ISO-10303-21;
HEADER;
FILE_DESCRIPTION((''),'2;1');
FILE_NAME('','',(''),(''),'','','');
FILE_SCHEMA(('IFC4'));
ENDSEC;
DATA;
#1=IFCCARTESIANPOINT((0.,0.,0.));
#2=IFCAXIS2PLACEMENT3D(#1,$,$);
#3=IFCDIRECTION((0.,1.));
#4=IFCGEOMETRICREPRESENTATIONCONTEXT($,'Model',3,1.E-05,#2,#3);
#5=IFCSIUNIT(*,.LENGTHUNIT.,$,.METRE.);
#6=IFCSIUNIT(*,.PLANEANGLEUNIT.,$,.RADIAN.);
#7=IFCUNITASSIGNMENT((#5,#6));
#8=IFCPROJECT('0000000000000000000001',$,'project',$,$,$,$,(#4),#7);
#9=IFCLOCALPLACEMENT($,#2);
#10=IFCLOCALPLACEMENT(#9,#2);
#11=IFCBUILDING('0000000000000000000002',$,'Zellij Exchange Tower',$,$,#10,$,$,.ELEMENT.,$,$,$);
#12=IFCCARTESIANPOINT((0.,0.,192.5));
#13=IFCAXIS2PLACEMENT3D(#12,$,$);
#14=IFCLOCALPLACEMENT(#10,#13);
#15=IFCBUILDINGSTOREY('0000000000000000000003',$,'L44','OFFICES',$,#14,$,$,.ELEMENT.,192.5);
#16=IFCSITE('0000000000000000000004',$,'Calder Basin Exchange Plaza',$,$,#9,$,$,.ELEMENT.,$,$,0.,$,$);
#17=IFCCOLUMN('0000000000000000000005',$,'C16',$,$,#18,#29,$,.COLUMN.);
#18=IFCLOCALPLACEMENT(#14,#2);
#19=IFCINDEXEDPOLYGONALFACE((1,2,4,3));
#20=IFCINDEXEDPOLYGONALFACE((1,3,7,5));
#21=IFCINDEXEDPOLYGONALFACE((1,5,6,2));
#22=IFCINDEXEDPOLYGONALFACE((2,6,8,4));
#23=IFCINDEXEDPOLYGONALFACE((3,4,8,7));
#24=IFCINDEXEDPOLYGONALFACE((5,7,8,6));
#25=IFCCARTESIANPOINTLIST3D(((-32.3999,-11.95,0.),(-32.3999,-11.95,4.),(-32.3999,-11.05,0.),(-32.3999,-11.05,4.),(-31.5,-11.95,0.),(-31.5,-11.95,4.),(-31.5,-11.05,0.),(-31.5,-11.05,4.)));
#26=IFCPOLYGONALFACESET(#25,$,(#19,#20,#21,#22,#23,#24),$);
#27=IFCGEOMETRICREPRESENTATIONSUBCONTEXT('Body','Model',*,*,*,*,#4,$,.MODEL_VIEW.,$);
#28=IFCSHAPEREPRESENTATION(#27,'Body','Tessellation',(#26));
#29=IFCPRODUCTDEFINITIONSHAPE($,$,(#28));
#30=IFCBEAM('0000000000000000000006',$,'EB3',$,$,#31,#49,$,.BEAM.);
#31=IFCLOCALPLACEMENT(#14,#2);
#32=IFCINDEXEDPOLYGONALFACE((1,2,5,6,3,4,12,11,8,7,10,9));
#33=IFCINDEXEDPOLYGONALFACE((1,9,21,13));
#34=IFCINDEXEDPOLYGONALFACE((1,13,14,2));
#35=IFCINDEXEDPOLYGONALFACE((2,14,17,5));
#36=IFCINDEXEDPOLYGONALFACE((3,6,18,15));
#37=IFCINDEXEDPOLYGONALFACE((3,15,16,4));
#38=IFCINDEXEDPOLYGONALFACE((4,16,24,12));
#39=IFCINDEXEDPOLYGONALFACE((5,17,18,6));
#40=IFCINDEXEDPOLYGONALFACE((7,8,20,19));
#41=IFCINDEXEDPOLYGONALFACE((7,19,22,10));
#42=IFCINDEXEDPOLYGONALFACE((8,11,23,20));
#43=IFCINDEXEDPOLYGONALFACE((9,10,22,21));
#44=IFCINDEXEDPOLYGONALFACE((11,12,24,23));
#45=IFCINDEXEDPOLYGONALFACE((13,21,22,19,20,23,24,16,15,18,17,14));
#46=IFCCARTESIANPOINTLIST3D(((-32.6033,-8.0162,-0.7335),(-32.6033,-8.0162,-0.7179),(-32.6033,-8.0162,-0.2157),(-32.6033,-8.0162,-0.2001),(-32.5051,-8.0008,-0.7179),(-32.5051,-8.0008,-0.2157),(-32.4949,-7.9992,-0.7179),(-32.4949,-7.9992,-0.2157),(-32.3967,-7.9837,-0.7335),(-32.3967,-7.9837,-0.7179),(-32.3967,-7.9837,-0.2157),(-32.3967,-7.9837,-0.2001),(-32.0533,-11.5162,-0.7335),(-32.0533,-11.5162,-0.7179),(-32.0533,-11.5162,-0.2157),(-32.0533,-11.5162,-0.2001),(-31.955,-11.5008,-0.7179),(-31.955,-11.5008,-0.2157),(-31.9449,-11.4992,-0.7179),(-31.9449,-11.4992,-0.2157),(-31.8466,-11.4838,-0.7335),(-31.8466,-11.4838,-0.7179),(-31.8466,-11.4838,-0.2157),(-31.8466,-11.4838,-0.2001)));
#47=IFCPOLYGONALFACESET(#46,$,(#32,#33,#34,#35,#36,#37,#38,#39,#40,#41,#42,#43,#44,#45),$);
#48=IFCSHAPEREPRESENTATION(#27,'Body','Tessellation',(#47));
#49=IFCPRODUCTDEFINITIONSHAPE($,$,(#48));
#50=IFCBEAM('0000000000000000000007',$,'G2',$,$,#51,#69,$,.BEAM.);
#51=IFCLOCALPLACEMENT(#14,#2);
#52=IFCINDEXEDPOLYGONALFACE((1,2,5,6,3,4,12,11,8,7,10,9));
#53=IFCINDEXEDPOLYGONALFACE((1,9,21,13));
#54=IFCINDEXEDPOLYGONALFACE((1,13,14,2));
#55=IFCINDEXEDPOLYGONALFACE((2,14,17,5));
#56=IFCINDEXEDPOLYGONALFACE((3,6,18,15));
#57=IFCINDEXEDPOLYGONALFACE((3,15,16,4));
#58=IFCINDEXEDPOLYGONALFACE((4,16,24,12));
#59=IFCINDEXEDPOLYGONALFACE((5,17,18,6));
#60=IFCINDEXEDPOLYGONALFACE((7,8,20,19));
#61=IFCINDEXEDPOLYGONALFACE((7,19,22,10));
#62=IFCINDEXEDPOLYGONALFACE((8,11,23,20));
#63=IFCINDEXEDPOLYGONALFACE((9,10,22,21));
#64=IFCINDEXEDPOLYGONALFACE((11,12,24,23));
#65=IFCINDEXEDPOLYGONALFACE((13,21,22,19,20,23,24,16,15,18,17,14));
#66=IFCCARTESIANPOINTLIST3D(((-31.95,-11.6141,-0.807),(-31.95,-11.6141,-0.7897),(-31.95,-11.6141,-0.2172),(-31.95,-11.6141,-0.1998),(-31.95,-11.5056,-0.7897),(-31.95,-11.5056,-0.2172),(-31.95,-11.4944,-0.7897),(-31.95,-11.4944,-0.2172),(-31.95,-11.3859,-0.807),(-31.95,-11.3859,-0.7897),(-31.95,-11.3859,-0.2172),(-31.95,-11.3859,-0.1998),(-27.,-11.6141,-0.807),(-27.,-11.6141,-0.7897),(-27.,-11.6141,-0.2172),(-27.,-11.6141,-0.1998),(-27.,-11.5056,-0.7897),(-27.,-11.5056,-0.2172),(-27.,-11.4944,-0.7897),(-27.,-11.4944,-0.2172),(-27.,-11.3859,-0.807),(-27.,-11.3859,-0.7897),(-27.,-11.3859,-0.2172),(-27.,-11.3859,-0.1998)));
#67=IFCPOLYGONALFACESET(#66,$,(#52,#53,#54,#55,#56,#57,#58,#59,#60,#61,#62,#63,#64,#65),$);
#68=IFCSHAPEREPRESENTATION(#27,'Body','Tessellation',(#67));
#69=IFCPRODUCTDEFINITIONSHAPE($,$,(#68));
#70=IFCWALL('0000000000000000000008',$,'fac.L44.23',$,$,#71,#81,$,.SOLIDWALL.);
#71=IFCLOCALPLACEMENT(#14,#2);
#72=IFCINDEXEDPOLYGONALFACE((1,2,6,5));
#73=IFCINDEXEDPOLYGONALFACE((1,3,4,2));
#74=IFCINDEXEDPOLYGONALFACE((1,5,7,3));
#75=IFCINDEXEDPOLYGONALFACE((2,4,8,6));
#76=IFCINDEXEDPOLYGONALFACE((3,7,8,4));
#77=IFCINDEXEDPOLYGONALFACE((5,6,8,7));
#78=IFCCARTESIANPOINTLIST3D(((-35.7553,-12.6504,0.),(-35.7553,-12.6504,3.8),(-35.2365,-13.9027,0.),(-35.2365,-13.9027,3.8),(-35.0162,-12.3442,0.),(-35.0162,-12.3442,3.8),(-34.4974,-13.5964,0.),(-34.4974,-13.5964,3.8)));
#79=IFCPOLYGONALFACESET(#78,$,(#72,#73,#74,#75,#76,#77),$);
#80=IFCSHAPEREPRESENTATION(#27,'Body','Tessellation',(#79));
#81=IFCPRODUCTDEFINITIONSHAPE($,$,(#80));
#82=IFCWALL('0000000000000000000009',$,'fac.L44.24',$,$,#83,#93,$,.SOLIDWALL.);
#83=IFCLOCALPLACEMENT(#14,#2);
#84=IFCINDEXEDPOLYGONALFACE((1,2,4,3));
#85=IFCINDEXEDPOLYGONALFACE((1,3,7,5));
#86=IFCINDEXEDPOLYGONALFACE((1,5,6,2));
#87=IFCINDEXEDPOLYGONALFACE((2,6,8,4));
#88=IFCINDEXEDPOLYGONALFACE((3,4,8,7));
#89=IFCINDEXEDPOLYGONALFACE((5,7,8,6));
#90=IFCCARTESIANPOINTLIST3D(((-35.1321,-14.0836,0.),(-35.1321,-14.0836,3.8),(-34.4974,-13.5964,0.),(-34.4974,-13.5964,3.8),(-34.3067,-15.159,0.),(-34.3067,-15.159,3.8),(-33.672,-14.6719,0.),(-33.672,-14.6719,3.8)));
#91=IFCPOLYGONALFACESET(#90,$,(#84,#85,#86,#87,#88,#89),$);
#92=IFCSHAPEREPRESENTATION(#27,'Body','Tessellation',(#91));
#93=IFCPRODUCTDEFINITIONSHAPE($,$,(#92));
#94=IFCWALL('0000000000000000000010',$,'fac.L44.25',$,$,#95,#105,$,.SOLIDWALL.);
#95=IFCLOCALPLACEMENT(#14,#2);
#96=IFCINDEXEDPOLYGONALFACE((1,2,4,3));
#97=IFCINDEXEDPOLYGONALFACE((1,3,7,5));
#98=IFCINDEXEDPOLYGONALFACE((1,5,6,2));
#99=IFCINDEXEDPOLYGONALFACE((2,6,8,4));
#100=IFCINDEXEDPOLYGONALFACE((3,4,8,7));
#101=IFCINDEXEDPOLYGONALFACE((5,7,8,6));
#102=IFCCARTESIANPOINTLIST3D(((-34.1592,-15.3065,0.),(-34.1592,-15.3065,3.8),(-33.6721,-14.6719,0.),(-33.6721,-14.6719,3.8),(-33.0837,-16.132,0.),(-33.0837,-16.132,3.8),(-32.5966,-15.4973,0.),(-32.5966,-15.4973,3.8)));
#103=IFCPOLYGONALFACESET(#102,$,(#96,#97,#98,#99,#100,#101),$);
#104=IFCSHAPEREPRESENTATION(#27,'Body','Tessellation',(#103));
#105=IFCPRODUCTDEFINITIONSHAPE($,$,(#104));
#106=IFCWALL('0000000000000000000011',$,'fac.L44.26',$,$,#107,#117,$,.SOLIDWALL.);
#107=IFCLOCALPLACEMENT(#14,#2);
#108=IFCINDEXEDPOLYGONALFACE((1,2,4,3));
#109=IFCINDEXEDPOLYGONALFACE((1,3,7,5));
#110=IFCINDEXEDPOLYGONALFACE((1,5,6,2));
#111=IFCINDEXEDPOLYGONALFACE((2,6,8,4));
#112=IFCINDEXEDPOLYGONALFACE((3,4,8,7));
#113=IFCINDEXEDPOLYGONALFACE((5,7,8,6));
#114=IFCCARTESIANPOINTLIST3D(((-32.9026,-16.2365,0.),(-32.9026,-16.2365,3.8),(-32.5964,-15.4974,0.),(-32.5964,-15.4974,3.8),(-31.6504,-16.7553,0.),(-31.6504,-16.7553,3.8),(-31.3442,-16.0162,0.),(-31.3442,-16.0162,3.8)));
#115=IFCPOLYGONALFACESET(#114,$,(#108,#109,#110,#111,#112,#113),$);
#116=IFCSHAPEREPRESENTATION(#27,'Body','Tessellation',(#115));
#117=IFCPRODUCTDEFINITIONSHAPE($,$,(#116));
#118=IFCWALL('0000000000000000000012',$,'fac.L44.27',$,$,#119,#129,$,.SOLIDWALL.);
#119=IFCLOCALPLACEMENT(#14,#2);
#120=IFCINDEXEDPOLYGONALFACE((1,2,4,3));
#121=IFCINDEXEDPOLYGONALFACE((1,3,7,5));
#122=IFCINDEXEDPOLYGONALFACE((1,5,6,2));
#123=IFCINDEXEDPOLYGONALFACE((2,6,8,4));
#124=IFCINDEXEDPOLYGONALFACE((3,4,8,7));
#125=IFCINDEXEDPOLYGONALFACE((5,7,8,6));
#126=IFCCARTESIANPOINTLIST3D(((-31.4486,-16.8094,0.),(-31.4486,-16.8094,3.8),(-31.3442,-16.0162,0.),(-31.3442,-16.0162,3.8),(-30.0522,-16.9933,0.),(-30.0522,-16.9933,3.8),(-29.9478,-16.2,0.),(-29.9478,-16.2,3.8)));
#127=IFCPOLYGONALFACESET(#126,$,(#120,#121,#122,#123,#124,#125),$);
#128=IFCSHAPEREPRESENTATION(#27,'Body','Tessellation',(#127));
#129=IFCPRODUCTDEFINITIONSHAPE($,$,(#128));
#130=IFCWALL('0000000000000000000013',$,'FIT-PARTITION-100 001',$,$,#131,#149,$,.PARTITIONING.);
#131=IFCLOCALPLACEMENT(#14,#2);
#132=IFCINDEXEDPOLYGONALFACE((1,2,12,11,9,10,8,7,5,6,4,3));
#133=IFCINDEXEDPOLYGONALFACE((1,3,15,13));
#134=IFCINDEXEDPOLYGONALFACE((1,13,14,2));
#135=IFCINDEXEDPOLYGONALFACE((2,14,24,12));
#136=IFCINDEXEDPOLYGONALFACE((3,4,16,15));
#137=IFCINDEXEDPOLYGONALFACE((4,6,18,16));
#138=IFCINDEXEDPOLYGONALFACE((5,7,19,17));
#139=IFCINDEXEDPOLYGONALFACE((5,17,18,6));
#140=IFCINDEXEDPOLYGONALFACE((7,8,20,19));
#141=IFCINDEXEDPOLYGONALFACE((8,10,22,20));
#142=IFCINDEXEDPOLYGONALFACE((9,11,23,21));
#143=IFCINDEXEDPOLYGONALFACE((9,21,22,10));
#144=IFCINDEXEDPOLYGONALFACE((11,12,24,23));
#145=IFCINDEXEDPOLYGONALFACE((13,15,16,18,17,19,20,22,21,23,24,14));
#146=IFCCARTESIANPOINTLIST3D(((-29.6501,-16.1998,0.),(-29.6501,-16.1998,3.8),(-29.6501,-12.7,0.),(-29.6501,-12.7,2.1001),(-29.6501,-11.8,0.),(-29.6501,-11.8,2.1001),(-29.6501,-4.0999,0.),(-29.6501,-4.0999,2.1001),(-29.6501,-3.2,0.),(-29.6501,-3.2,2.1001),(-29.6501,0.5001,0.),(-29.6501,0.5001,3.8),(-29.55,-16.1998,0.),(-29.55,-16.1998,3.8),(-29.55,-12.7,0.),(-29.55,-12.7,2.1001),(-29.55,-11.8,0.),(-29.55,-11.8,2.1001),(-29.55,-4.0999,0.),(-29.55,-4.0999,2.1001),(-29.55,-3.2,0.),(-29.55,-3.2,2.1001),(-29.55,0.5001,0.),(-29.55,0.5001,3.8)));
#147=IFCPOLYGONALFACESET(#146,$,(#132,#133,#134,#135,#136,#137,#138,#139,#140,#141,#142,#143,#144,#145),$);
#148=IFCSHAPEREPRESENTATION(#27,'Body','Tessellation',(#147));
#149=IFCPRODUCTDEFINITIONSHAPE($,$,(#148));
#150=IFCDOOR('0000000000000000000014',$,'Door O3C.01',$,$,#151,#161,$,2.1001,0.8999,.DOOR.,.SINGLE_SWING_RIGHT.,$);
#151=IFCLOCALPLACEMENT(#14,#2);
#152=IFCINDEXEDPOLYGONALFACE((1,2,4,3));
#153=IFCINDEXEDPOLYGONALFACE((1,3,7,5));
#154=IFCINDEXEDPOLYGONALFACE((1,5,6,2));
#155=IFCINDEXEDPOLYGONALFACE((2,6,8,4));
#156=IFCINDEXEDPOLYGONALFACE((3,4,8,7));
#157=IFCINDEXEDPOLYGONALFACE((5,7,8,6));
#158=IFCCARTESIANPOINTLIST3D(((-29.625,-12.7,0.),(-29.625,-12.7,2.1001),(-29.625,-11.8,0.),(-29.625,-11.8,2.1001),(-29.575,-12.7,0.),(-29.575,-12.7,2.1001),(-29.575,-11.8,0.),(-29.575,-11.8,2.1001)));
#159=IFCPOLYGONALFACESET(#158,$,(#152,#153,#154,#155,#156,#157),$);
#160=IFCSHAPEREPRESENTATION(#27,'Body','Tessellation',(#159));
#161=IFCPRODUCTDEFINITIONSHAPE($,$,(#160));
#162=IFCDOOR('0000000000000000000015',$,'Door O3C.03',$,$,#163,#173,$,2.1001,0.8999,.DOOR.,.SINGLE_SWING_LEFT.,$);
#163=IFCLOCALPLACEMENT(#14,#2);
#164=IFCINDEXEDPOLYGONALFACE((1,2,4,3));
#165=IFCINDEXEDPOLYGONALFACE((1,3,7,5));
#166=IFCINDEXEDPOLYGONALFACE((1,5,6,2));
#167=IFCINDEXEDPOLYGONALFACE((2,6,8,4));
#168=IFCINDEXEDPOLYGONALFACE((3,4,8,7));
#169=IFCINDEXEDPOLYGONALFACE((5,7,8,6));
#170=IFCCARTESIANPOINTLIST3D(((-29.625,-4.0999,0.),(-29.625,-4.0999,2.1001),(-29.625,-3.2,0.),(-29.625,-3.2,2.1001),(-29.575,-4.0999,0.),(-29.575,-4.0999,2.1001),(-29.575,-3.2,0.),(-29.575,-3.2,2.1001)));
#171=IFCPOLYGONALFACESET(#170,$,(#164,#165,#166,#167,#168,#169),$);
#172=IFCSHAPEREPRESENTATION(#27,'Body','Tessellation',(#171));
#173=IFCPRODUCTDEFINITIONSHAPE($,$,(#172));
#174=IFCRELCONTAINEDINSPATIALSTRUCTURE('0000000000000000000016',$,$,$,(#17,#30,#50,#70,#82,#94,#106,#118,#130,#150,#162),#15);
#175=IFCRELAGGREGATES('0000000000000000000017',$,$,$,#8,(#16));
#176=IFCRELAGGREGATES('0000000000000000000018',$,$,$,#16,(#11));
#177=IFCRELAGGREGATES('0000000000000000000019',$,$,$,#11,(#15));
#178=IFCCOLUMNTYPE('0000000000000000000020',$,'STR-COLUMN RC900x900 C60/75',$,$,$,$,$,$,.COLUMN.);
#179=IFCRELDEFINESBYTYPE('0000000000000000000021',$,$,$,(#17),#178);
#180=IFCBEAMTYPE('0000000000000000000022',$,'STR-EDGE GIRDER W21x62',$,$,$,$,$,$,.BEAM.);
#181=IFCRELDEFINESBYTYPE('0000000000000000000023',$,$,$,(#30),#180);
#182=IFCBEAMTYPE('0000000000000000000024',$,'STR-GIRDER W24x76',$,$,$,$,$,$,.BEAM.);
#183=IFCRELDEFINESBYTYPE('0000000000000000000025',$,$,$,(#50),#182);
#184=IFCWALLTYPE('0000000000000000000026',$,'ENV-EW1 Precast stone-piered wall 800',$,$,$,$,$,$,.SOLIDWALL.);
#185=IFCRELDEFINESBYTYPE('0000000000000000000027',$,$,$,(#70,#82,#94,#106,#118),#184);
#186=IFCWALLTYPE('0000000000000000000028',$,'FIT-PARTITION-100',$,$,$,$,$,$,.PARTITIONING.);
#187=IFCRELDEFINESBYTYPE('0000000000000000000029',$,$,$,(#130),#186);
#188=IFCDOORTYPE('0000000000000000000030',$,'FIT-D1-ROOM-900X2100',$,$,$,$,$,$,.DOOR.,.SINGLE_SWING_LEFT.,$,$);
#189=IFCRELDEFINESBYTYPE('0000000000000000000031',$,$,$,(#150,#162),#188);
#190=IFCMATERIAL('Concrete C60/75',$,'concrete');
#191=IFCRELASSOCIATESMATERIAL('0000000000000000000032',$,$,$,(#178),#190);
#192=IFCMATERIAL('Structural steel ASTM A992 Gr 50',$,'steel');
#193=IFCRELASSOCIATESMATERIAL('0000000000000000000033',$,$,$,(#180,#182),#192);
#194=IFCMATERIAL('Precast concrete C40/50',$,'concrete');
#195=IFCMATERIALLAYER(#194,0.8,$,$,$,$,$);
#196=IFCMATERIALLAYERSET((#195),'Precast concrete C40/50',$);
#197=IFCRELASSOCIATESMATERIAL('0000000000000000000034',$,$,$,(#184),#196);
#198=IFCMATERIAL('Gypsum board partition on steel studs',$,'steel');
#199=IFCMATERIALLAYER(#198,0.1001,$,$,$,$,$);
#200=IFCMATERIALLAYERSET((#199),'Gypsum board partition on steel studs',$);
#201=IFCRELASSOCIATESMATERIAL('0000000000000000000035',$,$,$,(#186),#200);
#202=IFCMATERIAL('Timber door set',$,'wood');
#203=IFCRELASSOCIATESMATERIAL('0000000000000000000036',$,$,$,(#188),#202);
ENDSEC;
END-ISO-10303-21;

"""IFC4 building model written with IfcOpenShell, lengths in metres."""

from ifc_helpers import new_model, si_unit, direction, frame, frame_2d, origin, origin_2d, place, context, subcontext, project, spatial, rectangle, i_section, extrude, material, layer, layer_set, material_profile, profile_set, type_object, element, fill, save


model = new_model("IFC4")

# Units and contexts
model_context = context("Model", 3, precision=1e-05, world=origin(), true_north=direction((0.0, 1.0)))
body_context = subcontext(model_context, "Body", "Model", "MODEL_VIEW")
ifc_project = project(units=[si_unit("LENGTHUNIT", "METRE"), si_unit("PLANEANGLEUNIT", "RADIAN")], contexts=[model_context])

# Site, building, storey
site_placement = place(None, origin())
site = spatial("IfcSite", under=ifc_project, at=site_placement, Name="Calder Basin Exchange Plaza", CompositionType="ELEMENT", RefElevation=0.0)
building_placement = place(site_placement, origin())
building = spatial("IfcBuilding", under=site, at=building_placement, Name="Zellij Exchange Tower", CompositionType="ELEMENT")
storey_placement = place(building_placement, frame((0.0, 0.0, 192.5)))
storey = spatial("IfcBuildingStorey", under=building, at=storey_placement, Name="L44", Description="OFFICES", CompositionType="ELEMENT", Elevation=192.5)

# Column
ifc_material_1 = material(Name="Concrete C60/75", Category="concrete")
ifc_material_profile_1 = material_profile(ifc_material_1, rectangle(XDim=0.8999, YDim=0.8999, at=origin_2d()), Name="STR-COLUMN RC900x900 C60/75")
ifc_profile_set_1 = profile_set([ifc_material_profile_1], Name="Concrete C60/75")
column_type = type_object("IfcColumnType", Name="STR-COLUMN RC900x900 C60/75", PredefinedType="COLUMN", material=ifc_profile_set_1)
column_placement = place(storey_placement, frame((-31.95, -11.5, 0.0), z_axis=(0.0, 0.0, 1.0), x_axis=(1.0, 0.0, 0.0)))
element("IfcColumn", 1, at=column_placement, inside=storey, type_object=column_type, Name="C16", PredefinedType="COLUMN", context=body_context, shape_type="SweptSolid", body=[
    extrude(rectangle(XDim=0.8999, YDim=0.8999, at=origin_2d()), origin(), (0.0, 0.0, 1.0), 4.0),
])

# Beams
ifc_material_2 = material(Name="Structural steel ASTM A992 Gr 50", Category="steel")
ifc_material_profile_2 = material_profile(ifc_material_2, i_section(OverallWidth=0.2092, OverallDepth=0.5334, WebThickness=0.0103, FlangeThickness=0.0156, at=origin_2d()), Name="W21x62")
ifc_profile_set_2 = profile_set([ifc_material_profile_2], Name="Structural steel ASTM A992 Gr 50")
beam_type_1 = type_object("IfcBeamType", Name="STR-EDGE GIRDER W21x62", PredefinedType="BEAM", material=ifc_profile_set_2)
beam_1_placement = place(storey_placement, frame((-31.95, -11.5, -0.4668), z_axis=(-0.155251, 0.987875, 0.0), x_axis=(-0.987875, -0.155251, 0.0)))
element("IfcBeam", 2, at=beam_1_placement, inside=storey, type_object=beam_type_1, Name="EB3", PredefinedType="BEAM", context=body_context, shape_type="SweptSolid", body=[
    extrude(i_section(OverallWidth=0.2092, OverallDepth=0.5334, WebThickness=0.0103, FlangeThickness=0.0156, at=origin_2d()), origin(), (0.0, 0.0, 1.0), 3.543),
])
ifc_material_profile_3 = material_profile(ifc_material_2, i_section(OverallWidth=0.2283, OverallDepth=0.6072, WebThickness=0.0112, FlangeThickness=0.0173, at=origin_2d()), Name="W24x76")
ifc_profile_set_3 = profile_set([ifc_material_profile_3], Name="Structural steel ASTM A992 Gr 50")
beam_type_2 = type_object("IfcBeamType", Name="STR-GIRDER W24x76", PredefinedType="BEAM", material=ifc_profile_set_3)
beam_2_placement = place(storey_placement, frame((-31.95, -11.5, -0.5034), z_axis=(1.0, 0.0, 0.0), x_axis=(0.0, 1.0, 0.0)))
element("IfcBeam", 3, at=beam_2_placement, inside=storey, type_object=beam_type_2, Name="G2", PredefinedType="BEAM", context=body_context, shape_type="SweptSolid", body=[
    extrude(i_section(OverallWidth=0.2283, OverallDepth=0.6072, WebThickness=0.0112, FlangeThickness=0.0173, at=origin_2d()), origin(), (0.0, 0.0, 1.0), 4.95),
])

# Shared definitions
ifc_material_3 = material(Name="Precast concrete C40/50", Category="concrete")
ifc_layer_1 = layer(ifc_material_3, 0.8)
ifc_layer_set_1 = layer_set([ifc_layer_1], Name="Precast concrete C40/50")
wall_type_1 = type_object("IfcWallType", Name="ENV-EW1 Precast stone-piered wall 800", PredefinedType="SOLIDWALL", material=ifc_layer_set_1)

# Walls
wall_1_placement = place(storey_placement, frame((-35.3857, -12.4973, 0.0), z_axis=(0.0, 0.0, 1.0), x_axis=(0.38276, -0.923848, 0.0)))
element("IfcWall", 4, at=wall_1_placement, inside=storey, type_object=wall_type_1, Name="fac.L44.23", PredefinedType="SOLIDWALL", context=body_context, shape_type="SweptSolid", body=[
    extrude(rectangle(XDim=1.3555, YDim=0.8, at=frame_2d((0.6777, 0.0))), origin(), (0.0, 0.0, 1.0), 3.8),
])
for number, where, z_axis, x_axis, name in (
    (5, (-34.8147, -13.8401, 0.0), (0.0, 0.0, 1.0), (0.608866, -0.793273, 0.0), "fac.L44.24"),
    (6, (-33.9155, -14.9893, 0.0), (0.0, 0.0, 1.0), (0.793273, -0.608866, 0.0), "fac.L44.25"),
):
    element("IfcWall", number, at=place(storey_placement, frame(where, z_axis=z_axis, x_axis=x_axis)), inside=storey, type_object=wall_type_1, Name=name, PredefinedType="SOLIDWALL", context=body_context, shape_type="SweptSolid", body=[
        extrude(rectangle(XDim=1.3557, YDim=0.8, at=frame_2d((0.6777, 0.0))), origin(), (0.0, 0.0, 1.0), 3.8),
    ])
wall_2_placement = place(storey_placement, frame((-32.7495, -15.8669, 0.0), z_axis=(0.0, 0.0, 1.0), x_axis=(0.923848, -0.38276, 0.0)))
element("IfcWall", 7, at=wall_2_placement, inside=storey, type_object=wall_type_1, Name="fac.L44.26", PredefinedType="SOLIDWALL", context=body_context, shape_type="SweptSolid", body=[
    extrude(rectangle(XDim=1.3555, YDim=0.8, at=frame_2d((0.6777, 0.0))), origin(), (0.0, 0.0, 1.0), 3.8),
])
wall_3_placement = place(storey_placement, frame((-31.3962, -16.4128, 0.0), z_axis=(0.0, 0.0, 1.0), x_axis=(0.991446, -0.130517, 0.0)))
element("IfcWall", 8, at=wall_3_placement, inside=storey, type_object=wall_type_1, Name="fac.L44.27", PredefinedType="SOLIDWALL", context=body_context, shape_type="SweptSolid", body=[
    extrude(rectangle(XDim=1.4084, YDim=0.8, at=frame_2d((0.7041, 0.0))), origin(), (0.0, 0.0, 1.0), 3.8),
])

# Wall, openings, doors
ifc_material_4 = material(Name="Gypsum board partition on steel studs", Category="steel")
ifc_layer_2 = layer(ifc_material_4, 0.1001)
ifc_layer_set_2 = layer_set([ifc_layer_2], Name="Gypsum board partition on steel studs")
wall_type_2 = type_object("IfcWallType", Name="FIT-PARTITION-100", PredefinedType="PARTITIONING", material=ifc_layer_set_2)
wall_4_placement = place(storey_placement, frame((-29.6001, -16.2, 0.0), z_axis=(0.0, 0.0, 1.0), x_axis=(0.0, 1.0, 0.0)))
wall_4 = element("IfcWall", 9, at=wall_4_placement, inside=storey, type_object=wall_type_2, Name="FIT-PARTITION-100 001", PredefinedType="PARTITIONING", context=body_context, shape_type="SweptSolid", body=[
    extrude(rectangle(XDim=16.7, YDim=0.1001, at=frame_2d((8.3501, 0.0))), origin(), (0.0, 0.0, 1.0), 3.8),
])
opening_1_placement = place(wall_4_placement, frame((3.5, 0.0, 0.0)))
opening_1 = element("IfcOpeningElement", 10, at=opening_1_placement, cuts=wall_4, PredefinedType="OPENING", context=body_context, shape_type="SweptSolid", body=[
    extrude(rectangle(XDim=0.8999, YDim=2.1001, at=frame_2d((0.45, 1.05))), frame((0.0, 0.062, 0.0), z_axis=(0.0, -1.0, 0.0), x_axis=(1.0, 0.0, 0.0)), (0.0, 0.0, 1.0), 0.124),
])
opening_2_placement = place(wall_4_placement, frame((12.1001, 0.0, 0.0)))
opening_2 = element("IfcOpeningElement", 11, at=opening_2_placement, cuts=wall_4, PredefinedType="OPENING", context=body_context, shape_type="SweptSolid", body=[
    extrude(rectangle(XDim=0.8999, YDim=2.1001, at=frame_2d((0.45, 1.05))), frame((0.0, 0.062, 0.0), z_axis=(0.0, -1.0, 0.0), x_axis=(1.0, 0.0, 0.0)), (0.0, 0.0, 1.0), 0.124),
])
ifc_material_5 = material(Name="Timber door set", Category="wood")
door_type = type_object("IfcDoorType", Name="FIT-D1-ROOM-900X2100", OperationType="SINGLE_SWING_LEFT", PredefinedType="DOOR", material=ifc_material_5)
door_1_placement = place(opening_1_placement, origin())
door_1 = element("IfcDoor", 12, at=door_1_placement, inside=storey, type_object=door_type, Name="Door O3C.01", OperationType="SINGLE_SWING_RIGHT", OverallHeight=2.1001, OverallWidth=0.8999, PredefinedType="DOOR", context=body_context, shape_type="SweptSolid", body=[
    extrude(rectangle(XDim=0.8999, YDim=2.1001, at=frame_2d((0.45, 1.05))), frame((0.0, 0.0249, 0.0), z_axis=(0.0, -1.0, 0.0), x_axis=(1.0, 0.0, 0.0)), (0.0, 0.0, 1.0), 0.05),
])
fill(opening_1, door_1)
door_2_placement = place(opening_2_placement, origin())
door_2 = element("IfcDoor", 13, at=door_2_placement, inside=storey, type_object=door_type, Name="Door O3C.03", OperationType="SINGLE_SWING_LEFT", OverallHeight=2.1001, OverallWidth=0.8999, PredefinedType="DOOR", context=body_context, shape_type="SweptSolid", body=[
    extrude(rectangle(XDim=0.8999, YDim=2.1001, at=frame_2d((0.45, 1.05))), frame((0.0, 0.0249, 0.0), z_axis=(0.0, -1.0, 0.0), x_axis=(1.0, 0.0, 0.0)), (0.0, 0.0, 1.0), 0.05),
])
fill(opening_2, door_2)

save(model, "model.ifc")
